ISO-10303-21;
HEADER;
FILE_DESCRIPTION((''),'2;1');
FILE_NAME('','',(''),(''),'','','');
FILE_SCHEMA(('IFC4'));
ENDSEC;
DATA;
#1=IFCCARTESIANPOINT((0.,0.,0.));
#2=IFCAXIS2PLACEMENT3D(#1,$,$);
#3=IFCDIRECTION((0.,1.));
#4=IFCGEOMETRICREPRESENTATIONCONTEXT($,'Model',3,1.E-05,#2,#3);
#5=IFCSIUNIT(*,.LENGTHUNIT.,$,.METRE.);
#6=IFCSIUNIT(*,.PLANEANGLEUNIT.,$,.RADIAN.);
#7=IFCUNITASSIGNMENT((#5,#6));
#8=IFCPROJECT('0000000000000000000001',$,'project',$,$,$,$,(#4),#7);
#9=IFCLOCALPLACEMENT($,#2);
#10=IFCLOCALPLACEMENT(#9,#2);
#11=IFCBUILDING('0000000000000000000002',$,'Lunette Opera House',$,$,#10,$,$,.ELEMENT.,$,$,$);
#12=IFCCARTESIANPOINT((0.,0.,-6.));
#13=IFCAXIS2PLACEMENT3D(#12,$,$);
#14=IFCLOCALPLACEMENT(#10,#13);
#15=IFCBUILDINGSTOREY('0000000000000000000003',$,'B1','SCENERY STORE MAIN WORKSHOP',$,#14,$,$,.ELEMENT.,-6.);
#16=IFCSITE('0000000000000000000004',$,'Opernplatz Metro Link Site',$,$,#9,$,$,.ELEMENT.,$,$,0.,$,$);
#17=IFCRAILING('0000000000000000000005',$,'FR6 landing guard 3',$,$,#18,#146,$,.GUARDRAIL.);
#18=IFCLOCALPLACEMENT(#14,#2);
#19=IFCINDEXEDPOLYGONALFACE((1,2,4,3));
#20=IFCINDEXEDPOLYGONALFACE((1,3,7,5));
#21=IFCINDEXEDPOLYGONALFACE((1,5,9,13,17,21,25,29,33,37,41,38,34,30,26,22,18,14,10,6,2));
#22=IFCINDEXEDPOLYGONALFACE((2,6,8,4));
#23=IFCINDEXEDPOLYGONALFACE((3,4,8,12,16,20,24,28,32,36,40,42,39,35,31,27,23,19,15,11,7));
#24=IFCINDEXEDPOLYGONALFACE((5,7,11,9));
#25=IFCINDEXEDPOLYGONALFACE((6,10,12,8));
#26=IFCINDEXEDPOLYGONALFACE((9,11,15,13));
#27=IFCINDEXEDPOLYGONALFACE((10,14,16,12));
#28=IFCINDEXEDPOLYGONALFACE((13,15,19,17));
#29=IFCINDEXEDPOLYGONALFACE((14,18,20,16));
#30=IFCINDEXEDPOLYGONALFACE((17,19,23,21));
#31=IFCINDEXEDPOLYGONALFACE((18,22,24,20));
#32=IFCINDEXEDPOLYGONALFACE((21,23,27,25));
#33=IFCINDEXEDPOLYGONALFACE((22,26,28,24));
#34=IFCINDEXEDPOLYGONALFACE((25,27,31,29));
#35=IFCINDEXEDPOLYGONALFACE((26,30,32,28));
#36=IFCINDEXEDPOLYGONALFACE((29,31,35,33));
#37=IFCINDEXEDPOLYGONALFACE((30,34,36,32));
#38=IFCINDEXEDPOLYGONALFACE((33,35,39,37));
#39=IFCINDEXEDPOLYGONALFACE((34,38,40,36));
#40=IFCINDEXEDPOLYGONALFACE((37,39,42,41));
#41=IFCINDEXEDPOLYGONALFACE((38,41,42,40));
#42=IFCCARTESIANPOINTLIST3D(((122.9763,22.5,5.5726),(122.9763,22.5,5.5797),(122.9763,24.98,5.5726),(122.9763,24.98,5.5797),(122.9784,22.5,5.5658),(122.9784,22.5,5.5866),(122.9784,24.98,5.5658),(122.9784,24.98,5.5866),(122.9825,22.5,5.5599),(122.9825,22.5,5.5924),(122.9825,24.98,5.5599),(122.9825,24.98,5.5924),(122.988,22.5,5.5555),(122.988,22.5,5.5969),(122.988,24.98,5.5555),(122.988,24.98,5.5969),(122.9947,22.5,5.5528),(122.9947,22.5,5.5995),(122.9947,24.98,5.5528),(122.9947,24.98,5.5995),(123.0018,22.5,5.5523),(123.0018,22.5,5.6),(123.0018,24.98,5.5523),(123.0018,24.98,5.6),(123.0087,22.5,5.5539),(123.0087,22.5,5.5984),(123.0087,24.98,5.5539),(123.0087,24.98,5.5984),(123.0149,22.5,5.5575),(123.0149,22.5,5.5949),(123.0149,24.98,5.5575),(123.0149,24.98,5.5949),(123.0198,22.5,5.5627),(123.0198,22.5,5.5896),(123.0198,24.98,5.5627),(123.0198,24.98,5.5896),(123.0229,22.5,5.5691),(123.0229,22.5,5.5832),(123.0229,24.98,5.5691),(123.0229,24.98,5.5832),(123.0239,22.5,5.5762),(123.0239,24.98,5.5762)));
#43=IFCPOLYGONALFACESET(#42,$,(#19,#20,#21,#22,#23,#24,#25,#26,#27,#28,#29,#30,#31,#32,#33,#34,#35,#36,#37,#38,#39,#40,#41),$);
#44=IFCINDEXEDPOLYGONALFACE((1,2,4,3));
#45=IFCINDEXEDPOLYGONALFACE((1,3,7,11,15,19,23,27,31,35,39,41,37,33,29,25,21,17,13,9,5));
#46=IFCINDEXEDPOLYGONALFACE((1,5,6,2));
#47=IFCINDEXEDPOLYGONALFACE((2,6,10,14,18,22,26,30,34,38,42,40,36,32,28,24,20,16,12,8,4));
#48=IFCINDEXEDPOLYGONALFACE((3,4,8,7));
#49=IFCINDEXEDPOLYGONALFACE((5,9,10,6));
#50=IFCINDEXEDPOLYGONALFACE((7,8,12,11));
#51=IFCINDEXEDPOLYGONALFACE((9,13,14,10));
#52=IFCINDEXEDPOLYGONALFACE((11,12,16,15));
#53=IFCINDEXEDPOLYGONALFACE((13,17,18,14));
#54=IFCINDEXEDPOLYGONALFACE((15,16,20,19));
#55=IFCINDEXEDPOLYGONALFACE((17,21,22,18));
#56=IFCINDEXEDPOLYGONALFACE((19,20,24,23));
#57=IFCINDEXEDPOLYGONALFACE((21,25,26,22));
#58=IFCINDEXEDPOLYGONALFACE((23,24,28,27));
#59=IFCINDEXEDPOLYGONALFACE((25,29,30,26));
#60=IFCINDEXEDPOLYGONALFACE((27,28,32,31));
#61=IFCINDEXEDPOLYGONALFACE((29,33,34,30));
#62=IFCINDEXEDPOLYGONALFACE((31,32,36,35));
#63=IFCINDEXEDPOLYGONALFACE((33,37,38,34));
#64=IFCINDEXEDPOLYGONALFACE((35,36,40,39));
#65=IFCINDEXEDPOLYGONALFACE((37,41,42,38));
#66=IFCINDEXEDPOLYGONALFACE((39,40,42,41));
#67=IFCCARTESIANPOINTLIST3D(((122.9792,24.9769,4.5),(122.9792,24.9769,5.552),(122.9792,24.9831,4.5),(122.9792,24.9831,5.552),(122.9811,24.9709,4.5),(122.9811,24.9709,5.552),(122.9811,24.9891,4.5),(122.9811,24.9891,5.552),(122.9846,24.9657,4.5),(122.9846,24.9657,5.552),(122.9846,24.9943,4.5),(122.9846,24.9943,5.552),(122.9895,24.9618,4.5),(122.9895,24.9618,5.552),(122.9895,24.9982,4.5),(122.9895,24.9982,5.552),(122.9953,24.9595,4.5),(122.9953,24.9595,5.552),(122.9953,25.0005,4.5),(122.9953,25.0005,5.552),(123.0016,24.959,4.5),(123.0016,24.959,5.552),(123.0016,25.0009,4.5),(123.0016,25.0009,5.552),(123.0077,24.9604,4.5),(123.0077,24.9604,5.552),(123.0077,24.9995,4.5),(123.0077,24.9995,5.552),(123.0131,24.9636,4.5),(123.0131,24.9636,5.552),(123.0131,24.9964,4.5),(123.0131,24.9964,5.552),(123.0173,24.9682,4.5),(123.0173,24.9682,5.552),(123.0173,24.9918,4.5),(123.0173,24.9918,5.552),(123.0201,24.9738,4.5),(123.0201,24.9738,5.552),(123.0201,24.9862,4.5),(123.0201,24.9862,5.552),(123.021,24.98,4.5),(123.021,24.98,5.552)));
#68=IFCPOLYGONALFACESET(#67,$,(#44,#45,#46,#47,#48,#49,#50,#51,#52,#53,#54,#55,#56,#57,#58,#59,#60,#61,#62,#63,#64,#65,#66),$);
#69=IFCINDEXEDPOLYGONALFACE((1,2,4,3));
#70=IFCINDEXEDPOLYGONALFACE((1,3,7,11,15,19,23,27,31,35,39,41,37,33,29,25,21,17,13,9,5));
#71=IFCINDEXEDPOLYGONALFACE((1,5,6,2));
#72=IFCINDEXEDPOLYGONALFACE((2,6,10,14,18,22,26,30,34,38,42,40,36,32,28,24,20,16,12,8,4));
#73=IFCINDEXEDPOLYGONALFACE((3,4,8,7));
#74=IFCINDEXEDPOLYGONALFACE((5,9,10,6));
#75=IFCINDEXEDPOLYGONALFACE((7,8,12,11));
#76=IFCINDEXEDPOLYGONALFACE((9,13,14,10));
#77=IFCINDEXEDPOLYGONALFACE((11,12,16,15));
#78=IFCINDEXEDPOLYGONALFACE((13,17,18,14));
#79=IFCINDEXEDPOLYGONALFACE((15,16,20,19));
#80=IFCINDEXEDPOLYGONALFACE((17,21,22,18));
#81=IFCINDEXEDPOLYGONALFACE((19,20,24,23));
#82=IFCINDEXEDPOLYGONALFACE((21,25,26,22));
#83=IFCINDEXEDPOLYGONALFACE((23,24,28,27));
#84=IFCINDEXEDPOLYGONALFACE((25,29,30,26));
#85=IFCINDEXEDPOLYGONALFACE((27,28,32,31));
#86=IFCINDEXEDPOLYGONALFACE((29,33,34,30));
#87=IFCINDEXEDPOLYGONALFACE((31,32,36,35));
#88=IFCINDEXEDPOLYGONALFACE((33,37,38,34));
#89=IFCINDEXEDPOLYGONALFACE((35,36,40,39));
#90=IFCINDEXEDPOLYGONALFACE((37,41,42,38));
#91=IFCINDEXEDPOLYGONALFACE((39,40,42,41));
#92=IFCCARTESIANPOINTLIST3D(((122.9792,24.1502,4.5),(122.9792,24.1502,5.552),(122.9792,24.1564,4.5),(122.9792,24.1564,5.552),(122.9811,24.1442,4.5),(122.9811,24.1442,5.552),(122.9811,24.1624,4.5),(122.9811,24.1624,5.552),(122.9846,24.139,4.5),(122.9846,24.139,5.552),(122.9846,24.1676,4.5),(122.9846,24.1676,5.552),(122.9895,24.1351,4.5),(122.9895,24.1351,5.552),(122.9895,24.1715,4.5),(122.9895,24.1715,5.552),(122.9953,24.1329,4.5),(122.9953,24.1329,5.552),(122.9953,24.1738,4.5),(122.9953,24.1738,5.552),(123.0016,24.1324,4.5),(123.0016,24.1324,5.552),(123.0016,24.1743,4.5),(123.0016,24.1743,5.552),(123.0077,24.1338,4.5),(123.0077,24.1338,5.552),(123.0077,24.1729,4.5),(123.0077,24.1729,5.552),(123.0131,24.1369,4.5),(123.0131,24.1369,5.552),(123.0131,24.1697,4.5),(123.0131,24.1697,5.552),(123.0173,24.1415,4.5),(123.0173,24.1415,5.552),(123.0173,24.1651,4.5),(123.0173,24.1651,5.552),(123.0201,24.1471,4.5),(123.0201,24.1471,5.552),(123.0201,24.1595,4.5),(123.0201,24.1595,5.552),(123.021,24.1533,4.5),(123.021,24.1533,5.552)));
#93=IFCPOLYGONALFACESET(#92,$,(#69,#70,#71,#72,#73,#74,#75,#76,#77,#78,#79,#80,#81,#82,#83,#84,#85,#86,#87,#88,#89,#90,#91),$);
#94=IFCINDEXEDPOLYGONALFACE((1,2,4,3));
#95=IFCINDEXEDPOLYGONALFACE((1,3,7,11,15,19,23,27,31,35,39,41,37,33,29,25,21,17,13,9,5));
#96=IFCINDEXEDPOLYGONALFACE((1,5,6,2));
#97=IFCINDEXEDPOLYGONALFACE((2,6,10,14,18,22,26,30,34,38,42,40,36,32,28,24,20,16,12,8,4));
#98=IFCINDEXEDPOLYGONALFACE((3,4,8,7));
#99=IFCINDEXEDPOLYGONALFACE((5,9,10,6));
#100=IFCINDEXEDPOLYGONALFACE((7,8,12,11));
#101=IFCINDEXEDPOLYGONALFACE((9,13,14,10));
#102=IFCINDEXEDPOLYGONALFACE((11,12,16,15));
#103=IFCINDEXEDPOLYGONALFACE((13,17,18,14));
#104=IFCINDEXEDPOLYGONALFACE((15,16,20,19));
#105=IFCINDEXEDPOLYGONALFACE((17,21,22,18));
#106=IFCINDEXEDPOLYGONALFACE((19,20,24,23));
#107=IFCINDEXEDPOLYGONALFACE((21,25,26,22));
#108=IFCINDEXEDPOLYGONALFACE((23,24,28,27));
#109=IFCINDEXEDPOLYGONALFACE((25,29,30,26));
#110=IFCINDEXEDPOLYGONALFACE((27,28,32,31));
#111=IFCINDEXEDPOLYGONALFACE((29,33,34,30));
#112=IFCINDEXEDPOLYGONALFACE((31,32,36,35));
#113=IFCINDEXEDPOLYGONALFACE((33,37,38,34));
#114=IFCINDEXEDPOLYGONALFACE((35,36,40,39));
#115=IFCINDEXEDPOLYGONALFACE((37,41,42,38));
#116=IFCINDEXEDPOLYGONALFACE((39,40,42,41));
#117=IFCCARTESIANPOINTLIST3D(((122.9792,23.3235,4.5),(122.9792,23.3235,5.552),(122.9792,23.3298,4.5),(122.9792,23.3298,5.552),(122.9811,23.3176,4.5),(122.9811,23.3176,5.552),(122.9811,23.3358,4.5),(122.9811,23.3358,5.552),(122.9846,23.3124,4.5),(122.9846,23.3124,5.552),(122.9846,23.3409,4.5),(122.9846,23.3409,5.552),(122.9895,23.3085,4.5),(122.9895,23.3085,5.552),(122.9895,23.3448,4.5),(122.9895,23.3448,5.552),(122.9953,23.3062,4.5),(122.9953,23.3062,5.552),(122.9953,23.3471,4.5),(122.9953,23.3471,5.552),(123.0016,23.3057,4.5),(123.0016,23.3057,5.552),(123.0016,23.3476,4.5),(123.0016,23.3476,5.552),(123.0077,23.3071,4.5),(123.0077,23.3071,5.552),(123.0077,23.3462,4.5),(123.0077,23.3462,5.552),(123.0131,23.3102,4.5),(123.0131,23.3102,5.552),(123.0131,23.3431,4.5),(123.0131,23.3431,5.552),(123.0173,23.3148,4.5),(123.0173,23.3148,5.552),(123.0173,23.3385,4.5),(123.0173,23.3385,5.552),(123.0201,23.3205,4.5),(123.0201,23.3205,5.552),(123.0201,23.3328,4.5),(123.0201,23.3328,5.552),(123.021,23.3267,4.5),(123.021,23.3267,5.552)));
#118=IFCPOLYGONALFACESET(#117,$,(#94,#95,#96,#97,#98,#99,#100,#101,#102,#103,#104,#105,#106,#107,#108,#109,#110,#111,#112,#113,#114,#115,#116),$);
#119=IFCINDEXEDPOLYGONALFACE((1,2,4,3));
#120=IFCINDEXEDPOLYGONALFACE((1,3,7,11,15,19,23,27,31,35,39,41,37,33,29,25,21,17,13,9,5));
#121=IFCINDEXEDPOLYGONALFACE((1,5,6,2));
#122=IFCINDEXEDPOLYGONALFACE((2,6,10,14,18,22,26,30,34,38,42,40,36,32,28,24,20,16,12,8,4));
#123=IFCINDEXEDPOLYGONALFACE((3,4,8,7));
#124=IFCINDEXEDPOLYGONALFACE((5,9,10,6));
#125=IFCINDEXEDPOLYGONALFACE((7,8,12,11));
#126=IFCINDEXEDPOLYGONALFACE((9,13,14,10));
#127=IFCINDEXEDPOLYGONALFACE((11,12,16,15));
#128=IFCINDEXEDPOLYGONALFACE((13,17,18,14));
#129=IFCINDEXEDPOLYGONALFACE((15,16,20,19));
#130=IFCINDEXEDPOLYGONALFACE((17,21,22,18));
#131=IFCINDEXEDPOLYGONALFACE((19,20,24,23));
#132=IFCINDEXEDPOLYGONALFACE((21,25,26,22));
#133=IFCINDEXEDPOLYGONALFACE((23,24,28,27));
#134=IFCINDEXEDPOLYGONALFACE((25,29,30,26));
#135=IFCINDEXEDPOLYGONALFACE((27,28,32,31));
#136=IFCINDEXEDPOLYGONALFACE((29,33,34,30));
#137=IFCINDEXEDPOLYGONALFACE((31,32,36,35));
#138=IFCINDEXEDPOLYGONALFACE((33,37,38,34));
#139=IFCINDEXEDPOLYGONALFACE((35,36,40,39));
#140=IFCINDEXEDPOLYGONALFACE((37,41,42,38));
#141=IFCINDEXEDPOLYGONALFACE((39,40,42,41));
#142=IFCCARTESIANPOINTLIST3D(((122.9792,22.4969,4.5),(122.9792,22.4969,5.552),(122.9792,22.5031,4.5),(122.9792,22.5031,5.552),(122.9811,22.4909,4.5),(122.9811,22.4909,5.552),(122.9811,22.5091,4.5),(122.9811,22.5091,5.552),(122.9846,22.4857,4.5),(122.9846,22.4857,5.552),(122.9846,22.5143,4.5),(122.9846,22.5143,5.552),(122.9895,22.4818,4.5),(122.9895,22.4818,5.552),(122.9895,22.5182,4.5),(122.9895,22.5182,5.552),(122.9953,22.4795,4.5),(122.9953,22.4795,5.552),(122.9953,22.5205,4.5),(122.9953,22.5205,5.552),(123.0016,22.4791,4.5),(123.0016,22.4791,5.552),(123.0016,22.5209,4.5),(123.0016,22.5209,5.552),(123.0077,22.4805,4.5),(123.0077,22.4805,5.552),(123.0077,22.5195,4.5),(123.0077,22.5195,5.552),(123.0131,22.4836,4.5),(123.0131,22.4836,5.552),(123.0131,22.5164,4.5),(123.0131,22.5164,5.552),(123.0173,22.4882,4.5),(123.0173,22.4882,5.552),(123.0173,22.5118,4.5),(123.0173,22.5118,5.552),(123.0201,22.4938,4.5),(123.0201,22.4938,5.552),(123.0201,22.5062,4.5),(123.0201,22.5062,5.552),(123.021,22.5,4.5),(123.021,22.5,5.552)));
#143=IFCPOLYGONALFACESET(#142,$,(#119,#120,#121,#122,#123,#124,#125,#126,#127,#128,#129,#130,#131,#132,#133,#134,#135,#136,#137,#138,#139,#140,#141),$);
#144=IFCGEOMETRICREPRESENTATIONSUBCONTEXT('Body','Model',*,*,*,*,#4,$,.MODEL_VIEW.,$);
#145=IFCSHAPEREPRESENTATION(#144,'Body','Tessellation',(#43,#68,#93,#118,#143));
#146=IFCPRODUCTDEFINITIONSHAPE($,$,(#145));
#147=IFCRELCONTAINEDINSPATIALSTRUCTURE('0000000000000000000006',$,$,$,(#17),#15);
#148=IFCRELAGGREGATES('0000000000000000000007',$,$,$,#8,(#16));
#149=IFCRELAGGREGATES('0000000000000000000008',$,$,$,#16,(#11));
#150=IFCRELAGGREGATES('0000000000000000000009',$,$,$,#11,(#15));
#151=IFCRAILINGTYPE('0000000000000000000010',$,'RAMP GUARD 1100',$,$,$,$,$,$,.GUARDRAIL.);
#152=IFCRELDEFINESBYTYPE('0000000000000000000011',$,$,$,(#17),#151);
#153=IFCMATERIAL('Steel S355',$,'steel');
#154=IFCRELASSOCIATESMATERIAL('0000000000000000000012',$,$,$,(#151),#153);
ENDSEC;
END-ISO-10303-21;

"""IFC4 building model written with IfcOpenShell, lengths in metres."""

from ifc_helpers import new_model, si_unit, direction, frame, origin, origin_2d, place, context, subcontext, project, spatial, circle, extrude, material, type_object, element, save


model = new_model("IFC4")

# Units and contexts
model_context = context("Model", 3, precision=1e-05, world=origin(), true_north=direction((0.0, 1.0)))
body_context = subcontext(model_context, "Body", "Model", "MODEL_VIEW")
ifc_project = project(units=[si_unit("LENGTHUNIT", "METRE"), si_unit("PLANEANGLEUNIT", "RADIAN")], contexts=[model_context])

# Site, building, storey
site_placement = place(None, origin())
site = spatial("IfcSite", under=ifc_project, at=site_placement, Name="Opernplatz Metro Link Site", CompositionType="ELEMENT", RefElevation=0.0)
building_placement = place(site_placement, origin())
building = spatial("IfcBuilding", under=site, at=building_placement, Name="Lunette Opera House", CompositionType="ELEMENT")
storey_placement = place(building_placement, frame((0.0, 0.0, -6.0)))
storey = spatial("IfcBuildingStorey", under=building, at=storey_placement, Name="B1", Description="SCENERY STORE MAIN WORKSHOP", CompositionType="ELEMENT", Elevation=-6.0)

# Railing
ifc_material_1 = material(Name="Steel S355", Category="steel")
railing_type_1 = type_object("IfcRailingType", Name="RAMP GUARD 1100", PredefinedType="GUARDRAIL", material=ifc_material_1)
railing_1_placement = place(storey_placement, frame((123.0, 24.98, 4.5)))
element("IfcRailing", 1, at=railing_1_placement, inside=storey, type_object=railing_type_1, Name="FR6 landing guard 3", PredefinedType="GUARDRAIL", context=body_context, shape_type="SweptSolid", body=[
    extrude(circle(Radius=0.0239, at=origin_2d()), frame((0.0, 0.0, 1.0762), z_axis=(0.0, -1.0, 0.0), x_axis=(1.0, 0.0, 0.0)), (0.0, 0.0, 1.0), 2.48),
    extrude(circle(Radius=0.021, at=origin_2d()), origin(), (0.0, 0.0, 1.0), 1.052),
    extrude(circle(Radius=0.021, at=origin_2d()), frame((0.0, -0.8267, 0.0)), (0.0, 0.0, 1.0), 1.052),
    extrude(circle(Radius=0.021, at=origin_2d()), frame((0.0, -1.6533, 0.0)), (0.0, 0.0, 1.0), 1.052),
    extrude(circle(Radius=0.021, at=origin_2d()), frame((0.0, -2.48, 0.0)), (0.0, 0.0, 1.0), 1.052),
])

save(model, "model.ifc")
